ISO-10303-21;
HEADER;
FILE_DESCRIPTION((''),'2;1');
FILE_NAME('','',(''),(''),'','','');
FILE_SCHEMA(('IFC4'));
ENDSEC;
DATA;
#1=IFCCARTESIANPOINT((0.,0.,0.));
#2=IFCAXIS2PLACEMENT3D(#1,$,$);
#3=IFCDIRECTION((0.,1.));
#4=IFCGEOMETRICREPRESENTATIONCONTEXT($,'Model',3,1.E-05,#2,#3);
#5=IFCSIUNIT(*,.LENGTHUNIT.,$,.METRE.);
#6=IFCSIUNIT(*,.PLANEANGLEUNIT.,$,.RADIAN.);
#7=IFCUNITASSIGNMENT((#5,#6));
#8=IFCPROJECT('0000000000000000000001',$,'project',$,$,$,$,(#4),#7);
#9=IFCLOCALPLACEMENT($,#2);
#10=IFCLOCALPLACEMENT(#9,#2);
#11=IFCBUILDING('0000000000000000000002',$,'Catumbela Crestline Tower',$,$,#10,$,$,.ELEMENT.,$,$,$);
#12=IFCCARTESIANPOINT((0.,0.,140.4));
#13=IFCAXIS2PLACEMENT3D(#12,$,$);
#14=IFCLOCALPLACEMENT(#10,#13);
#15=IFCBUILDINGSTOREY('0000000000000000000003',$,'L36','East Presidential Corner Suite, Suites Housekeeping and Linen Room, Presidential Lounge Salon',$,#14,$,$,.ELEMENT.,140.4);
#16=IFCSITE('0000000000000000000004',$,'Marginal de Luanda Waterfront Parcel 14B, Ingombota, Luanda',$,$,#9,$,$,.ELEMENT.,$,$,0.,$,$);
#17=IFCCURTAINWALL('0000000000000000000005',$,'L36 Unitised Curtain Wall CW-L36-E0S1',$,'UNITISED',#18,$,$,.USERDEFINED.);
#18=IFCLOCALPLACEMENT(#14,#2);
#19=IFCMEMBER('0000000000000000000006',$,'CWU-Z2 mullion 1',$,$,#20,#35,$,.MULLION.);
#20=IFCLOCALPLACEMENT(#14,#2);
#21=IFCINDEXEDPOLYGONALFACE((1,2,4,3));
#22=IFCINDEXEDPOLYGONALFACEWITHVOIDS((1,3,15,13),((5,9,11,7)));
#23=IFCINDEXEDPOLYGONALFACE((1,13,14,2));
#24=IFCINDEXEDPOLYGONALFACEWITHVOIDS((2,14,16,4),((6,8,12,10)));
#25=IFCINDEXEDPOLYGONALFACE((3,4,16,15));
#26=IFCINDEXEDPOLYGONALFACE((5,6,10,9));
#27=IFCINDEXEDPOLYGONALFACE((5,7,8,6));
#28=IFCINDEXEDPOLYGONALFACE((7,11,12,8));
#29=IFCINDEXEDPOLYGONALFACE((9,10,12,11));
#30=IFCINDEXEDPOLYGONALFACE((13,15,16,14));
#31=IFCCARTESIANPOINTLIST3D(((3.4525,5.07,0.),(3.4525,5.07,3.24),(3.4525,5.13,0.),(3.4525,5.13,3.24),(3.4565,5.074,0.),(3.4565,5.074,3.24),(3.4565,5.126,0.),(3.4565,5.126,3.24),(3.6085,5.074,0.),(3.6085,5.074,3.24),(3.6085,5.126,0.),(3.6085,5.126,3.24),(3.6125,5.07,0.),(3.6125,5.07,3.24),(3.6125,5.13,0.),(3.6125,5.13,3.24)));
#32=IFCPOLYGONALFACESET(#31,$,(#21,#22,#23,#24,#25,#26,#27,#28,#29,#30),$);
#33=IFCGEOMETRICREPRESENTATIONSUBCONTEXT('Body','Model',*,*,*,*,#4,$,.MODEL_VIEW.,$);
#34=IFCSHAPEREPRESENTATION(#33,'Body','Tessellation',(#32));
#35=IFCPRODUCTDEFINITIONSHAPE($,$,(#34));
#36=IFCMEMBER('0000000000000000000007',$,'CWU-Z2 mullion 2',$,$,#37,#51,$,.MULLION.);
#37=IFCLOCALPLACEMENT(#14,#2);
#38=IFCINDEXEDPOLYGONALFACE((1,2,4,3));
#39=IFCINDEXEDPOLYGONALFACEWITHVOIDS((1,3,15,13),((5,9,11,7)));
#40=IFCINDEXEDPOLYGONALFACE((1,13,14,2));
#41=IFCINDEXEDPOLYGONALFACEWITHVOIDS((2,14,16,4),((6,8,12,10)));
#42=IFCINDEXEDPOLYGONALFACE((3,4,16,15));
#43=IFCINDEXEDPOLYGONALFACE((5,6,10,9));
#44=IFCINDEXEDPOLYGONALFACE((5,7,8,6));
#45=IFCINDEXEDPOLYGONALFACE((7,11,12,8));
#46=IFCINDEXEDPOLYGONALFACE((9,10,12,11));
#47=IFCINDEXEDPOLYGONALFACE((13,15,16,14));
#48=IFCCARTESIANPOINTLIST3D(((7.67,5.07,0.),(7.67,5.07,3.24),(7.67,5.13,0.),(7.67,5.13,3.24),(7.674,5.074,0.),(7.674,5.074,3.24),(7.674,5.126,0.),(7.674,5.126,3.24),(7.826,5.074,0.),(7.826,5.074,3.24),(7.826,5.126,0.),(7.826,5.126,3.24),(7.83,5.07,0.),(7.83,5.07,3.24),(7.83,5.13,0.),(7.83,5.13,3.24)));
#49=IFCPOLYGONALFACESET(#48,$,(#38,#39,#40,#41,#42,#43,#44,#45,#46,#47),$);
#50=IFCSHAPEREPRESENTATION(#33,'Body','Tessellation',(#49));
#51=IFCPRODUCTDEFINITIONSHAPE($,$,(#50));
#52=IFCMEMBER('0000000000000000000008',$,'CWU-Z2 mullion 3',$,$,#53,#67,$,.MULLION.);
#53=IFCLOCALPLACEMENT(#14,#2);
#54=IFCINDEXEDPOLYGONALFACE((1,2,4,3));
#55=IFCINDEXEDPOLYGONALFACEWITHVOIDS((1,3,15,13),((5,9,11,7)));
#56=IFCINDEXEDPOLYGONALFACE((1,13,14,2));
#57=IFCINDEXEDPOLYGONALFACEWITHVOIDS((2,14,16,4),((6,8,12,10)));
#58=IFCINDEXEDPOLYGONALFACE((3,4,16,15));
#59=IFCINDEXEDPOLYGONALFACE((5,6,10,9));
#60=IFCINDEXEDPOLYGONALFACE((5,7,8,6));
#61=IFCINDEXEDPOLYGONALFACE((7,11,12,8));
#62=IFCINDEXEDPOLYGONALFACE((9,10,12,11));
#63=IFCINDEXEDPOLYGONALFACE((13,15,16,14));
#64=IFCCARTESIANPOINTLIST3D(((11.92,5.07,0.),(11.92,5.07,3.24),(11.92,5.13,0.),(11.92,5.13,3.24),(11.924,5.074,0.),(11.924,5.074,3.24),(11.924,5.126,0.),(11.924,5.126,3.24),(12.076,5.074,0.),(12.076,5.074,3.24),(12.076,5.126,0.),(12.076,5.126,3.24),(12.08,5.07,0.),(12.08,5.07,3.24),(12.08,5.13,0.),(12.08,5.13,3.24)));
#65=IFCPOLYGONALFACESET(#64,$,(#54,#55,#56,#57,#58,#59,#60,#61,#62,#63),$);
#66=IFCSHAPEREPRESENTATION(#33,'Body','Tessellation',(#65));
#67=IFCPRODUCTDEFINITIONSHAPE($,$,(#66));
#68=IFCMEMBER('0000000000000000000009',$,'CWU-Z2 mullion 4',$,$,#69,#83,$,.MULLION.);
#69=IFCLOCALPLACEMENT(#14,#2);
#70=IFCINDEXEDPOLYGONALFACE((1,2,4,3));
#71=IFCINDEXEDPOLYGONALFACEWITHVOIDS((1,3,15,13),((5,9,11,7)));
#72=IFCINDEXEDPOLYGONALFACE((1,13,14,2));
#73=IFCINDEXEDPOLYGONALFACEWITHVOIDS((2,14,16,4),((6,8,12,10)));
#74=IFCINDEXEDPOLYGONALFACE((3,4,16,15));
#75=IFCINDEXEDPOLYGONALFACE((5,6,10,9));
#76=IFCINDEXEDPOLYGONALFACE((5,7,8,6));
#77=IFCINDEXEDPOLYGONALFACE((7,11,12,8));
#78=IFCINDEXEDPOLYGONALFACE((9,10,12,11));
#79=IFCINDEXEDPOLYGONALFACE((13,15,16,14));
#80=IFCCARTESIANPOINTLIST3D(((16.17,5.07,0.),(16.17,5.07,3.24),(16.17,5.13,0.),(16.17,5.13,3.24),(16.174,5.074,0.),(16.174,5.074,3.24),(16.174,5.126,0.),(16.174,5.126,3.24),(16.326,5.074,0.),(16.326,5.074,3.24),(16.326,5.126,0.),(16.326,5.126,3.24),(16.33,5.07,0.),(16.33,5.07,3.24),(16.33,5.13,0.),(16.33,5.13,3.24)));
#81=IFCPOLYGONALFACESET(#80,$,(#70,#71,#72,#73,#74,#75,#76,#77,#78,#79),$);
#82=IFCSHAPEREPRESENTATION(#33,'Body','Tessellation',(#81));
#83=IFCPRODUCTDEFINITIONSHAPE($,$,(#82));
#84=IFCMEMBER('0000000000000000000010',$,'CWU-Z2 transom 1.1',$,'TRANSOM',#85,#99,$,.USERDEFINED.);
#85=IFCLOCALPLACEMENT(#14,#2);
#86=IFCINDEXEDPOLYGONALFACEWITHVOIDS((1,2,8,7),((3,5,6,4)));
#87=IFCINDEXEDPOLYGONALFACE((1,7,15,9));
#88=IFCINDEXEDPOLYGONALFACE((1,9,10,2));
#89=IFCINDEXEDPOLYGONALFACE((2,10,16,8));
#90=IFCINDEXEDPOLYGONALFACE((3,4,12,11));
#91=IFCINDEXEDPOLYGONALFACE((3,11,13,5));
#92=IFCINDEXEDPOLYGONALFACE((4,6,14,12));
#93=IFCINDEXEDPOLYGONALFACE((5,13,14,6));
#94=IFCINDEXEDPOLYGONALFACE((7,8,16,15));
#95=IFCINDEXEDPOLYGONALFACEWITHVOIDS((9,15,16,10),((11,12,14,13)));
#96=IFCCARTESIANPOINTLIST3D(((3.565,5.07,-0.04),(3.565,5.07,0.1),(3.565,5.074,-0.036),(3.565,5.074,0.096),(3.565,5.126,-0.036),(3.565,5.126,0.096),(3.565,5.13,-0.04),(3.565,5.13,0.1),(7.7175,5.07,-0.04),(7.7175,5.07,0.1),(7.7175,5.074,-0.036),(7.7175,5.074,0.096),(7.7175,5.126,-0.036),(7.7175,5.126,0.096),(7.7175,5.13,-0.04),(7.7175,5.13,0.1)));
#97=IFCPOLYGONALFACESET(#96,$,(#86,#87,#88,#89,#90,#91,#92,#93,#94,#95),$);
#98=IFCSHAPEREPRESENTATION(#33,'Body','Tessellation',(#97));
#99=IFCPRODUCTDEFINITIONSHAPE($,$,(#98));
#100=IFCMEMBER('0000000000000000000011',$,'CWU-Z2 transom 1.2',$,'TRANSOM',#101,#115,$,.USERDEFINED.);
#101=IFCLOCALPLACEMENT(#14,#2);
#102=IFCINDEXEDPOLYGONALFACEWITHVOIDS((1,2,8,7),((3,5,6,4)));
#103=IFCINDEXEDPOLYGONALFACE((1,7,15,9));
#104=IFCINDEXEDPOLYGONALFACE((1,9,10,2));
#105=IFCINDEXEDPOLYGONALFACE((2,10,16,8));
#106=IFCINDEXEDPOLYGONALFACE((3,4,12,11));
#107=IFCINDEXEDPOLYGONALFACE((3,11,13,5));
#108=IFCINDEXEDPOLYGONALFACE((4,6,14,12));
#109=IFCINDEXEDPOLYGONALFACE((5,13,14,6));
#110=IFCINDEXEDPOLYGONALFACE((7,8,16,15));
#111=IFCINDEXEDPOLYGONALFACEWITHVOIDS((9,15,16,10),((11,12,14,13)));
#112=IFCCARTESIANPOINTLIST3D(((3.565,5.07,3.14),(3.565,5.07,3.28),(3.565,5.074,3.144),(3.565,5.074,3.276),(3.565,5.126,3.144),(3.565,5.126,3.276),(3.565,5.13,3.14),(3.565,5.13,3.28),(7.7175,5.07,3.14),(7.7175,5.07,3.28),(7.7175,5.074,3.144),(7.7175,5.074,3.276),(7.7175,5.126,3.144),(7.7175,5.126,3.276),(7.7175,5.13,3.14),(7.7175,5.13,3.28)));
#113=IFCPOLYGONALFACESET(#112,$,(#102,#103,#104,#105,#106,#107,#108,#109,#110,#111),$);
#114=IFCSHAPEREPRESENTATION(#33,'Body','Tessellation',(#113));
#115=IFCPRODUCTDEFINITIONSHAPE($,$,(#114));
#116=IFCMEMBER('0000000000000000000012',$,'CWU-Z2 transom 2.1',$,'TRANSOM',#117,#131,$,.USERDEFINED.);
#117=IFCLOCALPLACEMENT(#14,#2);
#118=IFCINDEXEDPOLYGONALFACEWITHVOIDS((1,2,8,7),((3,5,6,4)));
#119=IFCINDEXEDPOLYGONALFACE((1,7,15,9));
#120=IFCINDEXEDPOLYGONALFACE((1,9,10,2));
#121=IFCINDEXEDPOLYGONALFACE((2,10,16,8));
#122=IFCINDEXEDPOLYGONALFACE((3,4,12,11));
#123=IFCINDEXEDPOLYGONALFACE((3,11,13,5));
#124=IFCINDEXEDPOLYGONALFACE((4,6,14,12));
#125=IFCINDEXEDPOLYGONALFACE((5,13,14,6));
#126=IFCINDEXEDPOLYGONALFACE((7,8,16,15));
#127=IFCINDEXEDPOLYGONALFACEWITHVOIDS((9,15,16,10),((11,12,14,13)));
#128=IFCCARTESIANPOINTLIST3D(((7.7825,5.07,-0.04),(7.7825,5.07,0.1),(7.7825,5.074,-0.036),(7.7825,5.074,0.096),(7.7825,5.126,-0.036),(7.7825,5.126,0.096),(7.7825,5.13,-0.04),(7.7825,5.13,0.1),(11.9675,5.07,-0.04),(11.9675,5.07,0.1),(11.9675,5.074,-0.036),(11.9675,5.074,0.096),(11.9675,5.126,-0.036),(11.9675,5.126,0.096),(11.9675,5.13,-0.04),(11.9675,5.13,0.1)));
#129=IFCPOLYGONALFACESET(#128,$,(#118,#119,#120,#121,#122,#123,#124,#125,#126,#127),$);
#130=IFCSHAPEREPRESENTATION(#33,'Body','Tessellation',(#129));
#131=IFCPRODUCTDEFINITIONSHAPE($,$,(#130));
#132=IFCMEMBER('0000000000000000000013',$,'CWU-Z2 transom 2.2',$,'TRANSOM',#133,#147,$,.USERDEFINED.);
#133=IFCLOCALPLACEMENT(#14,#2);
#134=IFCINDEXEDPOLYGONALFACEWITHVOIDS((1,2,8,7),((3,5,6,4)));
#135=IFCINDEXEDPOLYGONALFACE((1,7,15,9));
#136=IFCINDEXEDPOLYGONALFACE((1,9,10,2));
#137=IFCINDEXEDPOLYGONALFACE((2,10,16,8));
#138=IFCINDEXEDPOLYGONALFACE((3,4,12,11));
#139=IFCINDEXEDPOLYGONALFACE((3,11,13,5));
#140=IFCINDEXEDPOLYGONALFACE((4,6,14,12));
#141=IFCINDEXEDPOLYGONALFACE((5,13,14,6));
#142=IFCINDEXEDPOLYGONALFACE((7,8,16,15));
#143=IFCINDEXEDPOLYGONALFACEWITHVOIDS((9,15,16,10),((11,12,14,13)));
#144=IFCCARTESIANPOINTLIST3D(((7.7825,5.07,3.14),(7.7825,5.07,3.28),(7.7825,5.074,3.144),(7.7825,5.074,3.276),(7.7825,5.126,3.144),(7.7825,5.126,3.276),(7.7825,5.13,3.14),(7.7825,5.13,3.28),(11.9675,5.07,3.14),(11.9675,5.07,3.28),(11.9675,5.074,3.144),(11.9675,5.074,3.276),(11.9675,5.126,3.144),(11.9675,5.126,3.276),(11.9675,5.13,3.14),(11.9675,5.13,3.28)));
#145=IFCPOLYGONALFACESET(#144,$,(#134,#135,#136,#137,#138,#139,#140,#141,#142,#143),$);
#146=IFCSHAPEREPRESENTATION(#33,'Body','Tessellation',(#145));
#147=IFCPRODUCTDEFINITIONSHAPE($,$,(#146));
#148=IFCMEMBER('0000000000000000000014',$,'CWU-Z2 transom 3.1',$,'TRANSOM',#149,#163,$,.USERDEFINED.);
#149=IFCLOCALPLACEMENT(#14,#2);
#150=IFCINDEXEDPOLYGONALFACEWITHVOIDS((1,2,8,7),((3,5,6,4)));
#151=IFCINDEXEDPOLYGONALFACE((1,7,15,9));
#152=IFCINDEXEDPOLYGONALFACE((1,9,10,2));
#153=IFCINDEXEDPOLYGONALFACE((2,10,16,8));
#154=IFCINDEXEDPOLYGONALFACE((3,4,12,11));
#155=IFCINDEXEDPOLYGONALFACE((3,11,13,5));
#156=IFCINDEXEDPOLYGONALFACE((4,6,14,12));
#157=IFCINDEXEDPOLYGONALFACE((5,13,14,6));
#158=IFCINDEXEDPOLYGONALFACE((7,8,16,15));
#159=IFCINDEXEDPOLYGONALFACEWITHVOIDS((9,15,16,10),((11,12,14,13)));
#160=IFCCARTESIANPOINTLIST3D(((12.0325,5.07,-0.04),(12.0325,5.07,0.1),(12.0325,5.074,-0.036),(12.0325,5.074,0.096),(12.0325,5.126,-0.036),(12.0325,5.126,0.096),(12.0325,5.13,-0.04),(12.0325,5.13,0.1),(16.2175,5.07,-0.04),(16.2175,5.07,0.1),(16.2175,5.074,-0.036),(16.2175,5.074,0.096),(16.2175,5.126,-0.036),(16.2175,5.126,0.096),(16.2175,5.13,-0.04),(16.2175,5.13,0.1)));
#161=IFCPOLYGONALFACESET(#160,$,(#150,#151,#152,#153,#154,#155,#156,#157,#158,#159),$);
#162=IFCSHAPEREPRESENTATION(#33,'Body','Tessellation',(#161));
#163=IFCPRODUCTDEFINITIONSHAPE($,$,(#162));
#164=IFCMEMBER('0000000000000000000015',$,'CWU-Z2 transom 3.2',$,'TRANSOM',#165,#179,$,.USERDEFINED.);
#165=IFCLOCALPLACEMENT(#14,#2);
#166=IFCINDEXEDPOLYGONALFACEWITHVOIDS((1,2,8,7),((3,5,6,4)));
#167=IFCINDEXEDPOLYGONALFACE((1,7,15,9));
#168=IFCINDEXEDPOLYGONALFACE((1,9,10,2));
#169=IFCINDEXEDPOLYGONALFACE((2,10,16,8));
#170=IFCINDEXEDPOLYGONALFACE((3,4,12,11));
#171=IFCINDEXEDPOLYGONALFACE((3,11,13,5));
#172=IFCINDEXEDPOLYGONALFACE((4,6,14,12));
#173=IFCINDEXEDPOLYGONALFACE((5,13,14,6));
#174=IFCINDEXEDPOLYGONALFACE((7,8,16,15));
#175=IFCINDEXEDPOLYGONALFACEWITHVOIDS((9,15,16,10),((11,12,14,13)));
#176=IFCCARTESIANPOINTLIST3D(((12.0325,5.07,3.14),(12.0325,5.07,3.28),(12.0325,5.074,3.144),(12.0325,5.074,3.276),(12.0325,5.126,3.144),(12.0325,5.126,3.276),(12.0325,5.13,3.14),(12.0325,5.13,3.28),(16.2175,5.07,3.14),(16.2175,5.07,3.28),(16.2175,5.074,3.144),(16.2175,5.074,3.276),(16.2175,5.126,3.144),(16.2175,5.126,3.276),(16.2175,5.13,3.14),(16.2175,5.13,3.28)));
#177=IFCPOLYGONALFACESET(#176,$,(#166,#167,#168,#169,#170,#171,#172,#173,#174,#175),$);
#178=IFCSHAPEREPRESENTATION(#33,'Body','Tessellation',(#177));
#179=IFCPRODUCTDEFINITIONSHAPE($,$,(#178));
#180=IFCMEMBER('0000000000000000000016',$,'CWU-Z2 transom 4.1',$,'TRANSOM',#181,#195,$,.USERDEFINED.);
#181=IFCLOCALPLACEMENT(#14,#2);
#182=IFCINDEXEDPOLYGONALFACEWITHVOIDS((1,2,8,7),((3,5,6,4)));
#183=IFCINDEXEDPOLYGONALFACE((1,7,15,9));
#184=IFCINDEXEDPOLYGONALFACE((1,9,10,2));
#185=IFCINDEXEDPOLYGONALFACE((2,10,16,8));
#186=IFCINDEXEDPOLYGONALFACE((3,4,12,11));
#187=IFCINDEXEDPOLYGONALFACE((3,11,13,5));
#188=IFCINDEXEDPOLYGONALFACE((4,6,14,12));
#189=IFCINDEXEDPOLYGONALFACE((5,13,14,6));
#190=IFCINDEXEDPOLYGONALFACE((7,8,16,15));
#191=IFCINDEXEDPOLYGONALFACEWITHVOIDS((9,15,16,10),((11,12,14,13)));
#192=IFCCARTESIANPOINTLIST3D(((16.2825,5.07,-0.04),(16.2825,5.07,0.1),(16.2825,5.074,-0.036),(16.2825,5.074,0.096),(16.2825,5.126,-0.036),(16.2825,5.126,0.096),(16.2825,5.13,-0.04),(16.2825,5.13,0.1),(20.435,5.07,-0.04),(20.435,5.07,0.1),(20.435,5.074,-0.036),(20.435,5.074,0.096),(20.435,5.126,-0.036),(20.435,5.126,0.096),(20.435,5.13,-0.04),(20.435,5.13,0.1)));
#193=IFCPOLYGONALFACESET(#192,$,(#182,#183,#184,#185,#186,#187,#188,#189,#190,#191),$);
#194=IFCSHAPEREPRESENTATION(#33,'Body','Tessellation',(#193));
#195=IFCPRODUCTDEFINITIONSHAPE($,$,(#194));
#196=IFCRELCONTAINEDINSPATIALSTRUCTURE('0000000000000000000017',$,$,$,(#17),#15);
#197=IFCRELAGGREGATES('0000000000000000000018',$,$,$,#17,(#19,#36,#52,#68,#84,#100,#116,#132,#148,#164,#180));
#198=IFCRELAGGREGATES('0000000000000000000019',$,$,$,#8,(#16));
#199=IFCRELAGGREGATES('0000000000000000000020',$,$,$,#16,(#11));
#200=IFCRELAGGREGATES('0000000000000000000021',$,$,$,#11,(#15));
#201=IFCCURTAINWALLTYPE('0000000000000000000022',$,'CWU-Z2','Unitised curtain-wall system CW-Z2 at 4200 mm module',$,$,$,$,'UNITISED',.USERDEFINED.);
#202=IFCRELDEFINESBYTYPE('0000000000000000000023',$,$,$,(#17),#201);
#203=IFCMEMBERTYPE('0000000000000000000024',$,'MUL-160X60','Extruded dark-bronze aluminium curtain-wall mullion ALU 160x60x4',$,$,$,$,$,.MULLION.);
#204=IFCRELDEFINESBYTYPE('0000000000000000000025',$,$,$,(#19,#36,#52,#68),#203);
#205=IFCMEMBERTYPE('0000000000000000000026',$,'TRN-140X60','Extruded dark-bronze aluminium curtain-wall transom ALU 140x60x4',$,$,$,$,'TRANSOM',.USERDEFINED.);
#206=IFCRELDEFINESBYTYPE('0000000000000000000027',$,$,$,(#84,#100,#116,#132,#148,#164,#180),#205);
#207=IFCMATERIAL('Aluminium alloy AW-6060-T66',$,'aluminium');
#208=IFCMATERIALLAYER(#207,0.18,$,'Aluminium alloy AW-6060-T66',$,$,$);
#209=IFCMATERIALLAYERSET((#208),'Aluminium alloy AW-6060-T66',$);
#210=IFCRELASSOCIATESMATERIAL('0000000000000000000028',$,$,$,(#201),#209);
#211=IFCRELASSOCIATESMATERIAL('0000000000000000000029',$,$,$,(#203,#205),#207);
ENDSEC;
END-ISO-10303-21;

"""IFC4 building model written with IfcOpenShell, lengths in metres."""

from ifc_helpers import new_model, si_unit, direction, frame, origin, origin_2d, place, context, subcontext, project, spatial, hollow_rectangle, extrude, material, layer, layer_set, material_profile, profile_set, type_object, element, aggregate, save


model = new_model("IFC4")

# Units and contexts
model_context = context("Model", 3, precision=1e-05, world=origin(), true_north=direction((0.0, 1.0)))
body_context = subcontext(model_context, "Body", "Model", "MODEL_VIEW")
ifc_project = project(units=[si_unit("LENGTHUNIT", "METRE"), si_unit("PLANEANGLEUNIT", "RADIAN")], contexts=[model_context])

# Site, building, storey
site_placement = place(None, origin())
site = spatial("IfcSite", under=ifc_project, at=site_placement, Name="Marginal de Luanda Waterfront Parcel 14B, Ingombota, Luanda", CompositionType="ELEMENT", RefElevation=0.0)
building_placement = place(site_placement, origin())
building = spatial("IfcBuilding", under=site, at=building_placement, Name="Catumbela Crestline Tower", CompositionType="ELEMENT")
storey_placement = place(building_placement, frame((0.0, 0.0, 140.4)))
storey = spatial("IfcBuildingStorey", under=building, at=storey_placement, Name="L36", Description="East Presidential Corner Suite, Suites Housekeeping and Linen Room, Presidential Lounge Salon", CompositionType="ELEMENT", Elevation=140.4)

# Curtain wall, members
ifc_material_1 = material(Name="Aluminium alloy AW-6060-T66", Category="aluminium")
ifc_layer_1 = layer(ifc_material_1, 0.18, Name="Aluminium alloy AW-6060-T66")
ifc_layer_set_1 = layer_set([ifc_layer_1], Name="Aluminium alloy AW-6060-T66")
curtain_wall_type = type_object("IfcCurtainWallType", Name="CWU-Z2", Description="Unitised curtain-wall system CW-Z2 at 4200 mm module", ElementType="UNITISED", PredefinedType="USERDEFINED", material=ifc_layer_set_1)
curtain_wall_placement = place(storey_placement, origin())
curtain_wall = element("IfcCurtainWall", 1, at=curtain_wall_placement, inside=storey, type_object=curtain_wall_type, Name="L36 Unitised Curtain Wall CW-L36-E0S1", ObjectType="UNITISED", PredefinedType="USERDEFINED")
ifc_material_profile_1 = material_profile(ifc_material_1, hollow_rectangle(XDim=0.06, YDim=0.16, WallThickness=0.004, at=origin_2d()), Name="ALU 160x60x4")
ifc_profile_set_1 = profile_set([ifc_material_profile_1], Name="Aluminium alloy AW-6060-T66")
member_type_1 = type_object("IfcMemberType", Name="MUL-160X60", Description="Extruded dark-bronze aluminium curtain-wall mullion ALU 160x60x4", PredefinedType="MULLION", material=ifc_profile_set_1)
member_1_placement = place(storey_placement, frame((3.5325, 5.1, 0.0), z_axis=(0.0, 0.0, 1.0), x_axis=(0.0, 1.0, 0.0)))
member_1 = element("IfcMember", 2, at=member_1_placement, type_object=member_type_1, Name="CWU-Z2 mullion 1", PredefinedType="MULLION", context=body_context, shape_type="SweptSolid", body=[
    extrude(hollow_rectangle(XDim=0.06, YDim=0.16, WallThickness=0.004, at=origin_2d()), origin(), (0.0, 0.0, 1.0), 3.24),
])
member_2_placement = place(storey_placement, frame((7.75, 5.1, 0.0), z_axis=(0.0, 0.0, 1.0), x_axis=(0.0, 1.0, 0.0)))
member_2 = element("IfcMember", 3, at=member_2_placement, type_object=member_type_1, Name="CWU-Z2 mullion 2", PredefinedType="MULLION", context=body_context, shape_type="SweptSolid", body=[
    extrude(hollow_rectangle(XDim=0.06, YDim=0.16, WallThickness=0.004, at=origin_2d()), origin(), (0.0, 0.0, 1.0), 3.24),
])
member_3_placement = place(storey_placement, frame((12.0, 5.1, 0.0), z_axis=(0.0, 0.0, 1.0), x_axis=(0.0, 1.0, 0.0)))
member_3 = element("IfcMember", 4, at=member_3_placement, type_object=member_type_1, Name="CWU-Z2 mullion 3", PredefinedType="MULLION", context=body_context, shape_type="SweptSolid", body=[
    extrude(hollow_rectangle(XDim=0.06, YDim=0.16, WallThickness=0.004, at=origin_2d()), origin(), (0.0, 0.0, 1.0), 3.24),
])
member_4_placement = place(storey_placement, frame((16.25, 5.1, 0.0), z_axis=(0.0, 0.0, 1.0), x_axis=(0.0, 1.0, 0.0)))
member_4 = element("IfcMember", 5, at=member_4_placement, type_object=member_type_1, Name="CWU-Z2 mullion 4", PredefinedType="MULLION", context=body_context, shape_type="SweptSolid", body=[
    extrude(hollow_rectangle(XDim=0.06, YDim=0.16, WallThickness=0.004, at=origin_2d()), origin(), (0.0, 0.0, 1.0), 3.24),
])
ifc_material_profile_2 = material_profile(ifc_material_1, hollow_rectangle(XDim=0.06, YDim=0.14, WallThickness=0.004, at=origin_2d()), Name="ALU 140x60x4")
ifc_profile_set_2 = profile_set([ifc_material_profile_2], Name="Aluminium alloy AW-6060-T66")
member_type_2 = type_object("IfcMemberType", Name="TRN-140X60", Description="Extruded dark-bronze aluminium curtain-wall transom ALU 140x60x4", ElementType="TRANSOM", PredefinedType="USERDEFINED", material=ifc_profile_set_2)
member_5_placement = place(storey_placement, frame((3.565, 5.1, 0.03), z_axis=(1.0, 0.0, 0.0), x_axis=(0.0, 1.0, 0.0)))
member_5 = element("IfcMember", 6, at=member_5_placement, type_object=member_type_2, Name="CWU-Z2 transom 1.1", ObjectType="TRANSOM", PredefinedType="USERDEFINED", context=body_context, shape_type="SweptSolid", body=[
    extrude(hollow_rectangle(XDim=0.06, YDim=0.14, WallThickness=0.004, at=origin_2d()), origin(), (0.0, 0.0, 1.0), 4.1525),
])
member_6_placement = place(storey_placement, frame((3.565, 5.1, 3.21), z_axis=(1.0, 0.0, 0.0), x_axis=(0.0, 1.0, 0.0)))
member_6 = element("IfcMember", 7, at=member_6_placement, type_object=member_type_2, Name="CWU-Z2 transom 1.2", ObjectType="TRANSOM", PredefinedType="USERDEFINED", context=body_context, shape_type="SweptSolid", body=[
    extrude(hollow_rectangle(XDim=0.06, YDim=0.14, WallThickness=0.004, at=origin_2d()), origin(), (0.0, 0.0, 1.0), 4.1525),
])
member_7_placement = place(storey_placement, frame((7.7825, 5.1, 0.03), z_axis=(1.0, 0.0, 0.0), x_axis=(0.0, 1.0, 0.0)))
member_7 = element("IfcMember", 8, at=member_7_placement, type_object=member_type_2, Name="CWU-Z2 transom 2.1", ObjectType="TRANSOM", PredefinedType="USERDEFINED", context=body_context, shape_type="SweptSolid", body=[
    extrude(hollow_rectangle(XDim=0.06, YDim=0.14, WallThickness=0.004, at=origin_2d()), origin(), (0.0, 0.0, 1.0), 4.185),
])
member_8_placement = place(storey_placement, frame((7.7825, 5.1, 3.21), z_axis=(1.0, 0.0, 0.0), x_axis=(0.0, 1.0, 0.0)))
member_8 = element("IfcMember", 9, at=member_8_placement, type_object=member_type_2, Name="CWU-Z2 transom 2.2", ObjectType="TRANSOM", PredefinedType="USERDEFINED", context=body_context, shape_type="SweptSolid", body=[
    extrude(hollow_rectangle(XDim=0.06, YDim=0.14, WallThickness=0.004, at=origin_2d()), origin(), (0.0, 0.0, 1.0), 4.185),
])
member_9_placement = place(storey_placement, frame((12.0325, 5.1, 0.03), z_axis=(1.0, 0.0, 0.0), x_axis=(0.0, 1.0, 0.0)))
member_9 = element("IfcMember", 10, at=member_9_placement, type_object=member_type_2, Name="CWU-Z2 transom 3.1", ObjectType="TRANSOM", PredefinedType="USERDEFINED", context=body_context, shape_type="SweptSolid", body=[
    extrude(hollow_rectangle(XDim=0.06, YDim=0.14, WallThickness=0.004, at=origin_2d()), origin(), (0.0, 0.0, 1.0), 4.185),
])
member_10_placement = place(storey_placement, frame((12.0325, 5.1, 3.21), z_axis=(1.0, 0.0, 0.0), x_axis=(0.0, 1.0, 0.0)))
member_10 = element("IfcMember", 11, at=member_10_placement, type_object=member_type_2, Name="CWU-Z2 transom 3.2", ObjectType="TRANSOM", PredefinedType="USERDEFINED", context=body_context, shape_type="SweptSolid", body=[
    extrude(hollow_rectangle(XDim=0.06, YDim=0.14, WallThickness=0.004, at=origin_2d()), origin(), (0.0, 0.0, 1.0), 4.185),
])
member_11_placement = place(storey_placement, frame((16.2825, 5.1, 0.03), z_axis=(1.0, 0.0, 0.0), x_axis=(0.0, 1.0, 0.0)))
member_11 = element("IfcMember", 12, at=member_11_placement, type_object=member_type_2, Name="CWU-Z2 transom 4.1", ObjectType="TRANSOM", PredefinedType="USERDEFINED", context=body_context, shape_type="SweptSolid", body=[
    extrude(hollow_rectangle(XDim=0.06, YDim=0.14, WallThickness=0.004, at=origin_2d()), origin(), (0.0, 0.0, 1.0), 4.1525),
])
aggregate(curtain_wall, [member_1, member_2, member_3, member_4, member_5, member_6, member_7, member_8, member_9, member_10, member_11])

save(model, "model.ifc")
